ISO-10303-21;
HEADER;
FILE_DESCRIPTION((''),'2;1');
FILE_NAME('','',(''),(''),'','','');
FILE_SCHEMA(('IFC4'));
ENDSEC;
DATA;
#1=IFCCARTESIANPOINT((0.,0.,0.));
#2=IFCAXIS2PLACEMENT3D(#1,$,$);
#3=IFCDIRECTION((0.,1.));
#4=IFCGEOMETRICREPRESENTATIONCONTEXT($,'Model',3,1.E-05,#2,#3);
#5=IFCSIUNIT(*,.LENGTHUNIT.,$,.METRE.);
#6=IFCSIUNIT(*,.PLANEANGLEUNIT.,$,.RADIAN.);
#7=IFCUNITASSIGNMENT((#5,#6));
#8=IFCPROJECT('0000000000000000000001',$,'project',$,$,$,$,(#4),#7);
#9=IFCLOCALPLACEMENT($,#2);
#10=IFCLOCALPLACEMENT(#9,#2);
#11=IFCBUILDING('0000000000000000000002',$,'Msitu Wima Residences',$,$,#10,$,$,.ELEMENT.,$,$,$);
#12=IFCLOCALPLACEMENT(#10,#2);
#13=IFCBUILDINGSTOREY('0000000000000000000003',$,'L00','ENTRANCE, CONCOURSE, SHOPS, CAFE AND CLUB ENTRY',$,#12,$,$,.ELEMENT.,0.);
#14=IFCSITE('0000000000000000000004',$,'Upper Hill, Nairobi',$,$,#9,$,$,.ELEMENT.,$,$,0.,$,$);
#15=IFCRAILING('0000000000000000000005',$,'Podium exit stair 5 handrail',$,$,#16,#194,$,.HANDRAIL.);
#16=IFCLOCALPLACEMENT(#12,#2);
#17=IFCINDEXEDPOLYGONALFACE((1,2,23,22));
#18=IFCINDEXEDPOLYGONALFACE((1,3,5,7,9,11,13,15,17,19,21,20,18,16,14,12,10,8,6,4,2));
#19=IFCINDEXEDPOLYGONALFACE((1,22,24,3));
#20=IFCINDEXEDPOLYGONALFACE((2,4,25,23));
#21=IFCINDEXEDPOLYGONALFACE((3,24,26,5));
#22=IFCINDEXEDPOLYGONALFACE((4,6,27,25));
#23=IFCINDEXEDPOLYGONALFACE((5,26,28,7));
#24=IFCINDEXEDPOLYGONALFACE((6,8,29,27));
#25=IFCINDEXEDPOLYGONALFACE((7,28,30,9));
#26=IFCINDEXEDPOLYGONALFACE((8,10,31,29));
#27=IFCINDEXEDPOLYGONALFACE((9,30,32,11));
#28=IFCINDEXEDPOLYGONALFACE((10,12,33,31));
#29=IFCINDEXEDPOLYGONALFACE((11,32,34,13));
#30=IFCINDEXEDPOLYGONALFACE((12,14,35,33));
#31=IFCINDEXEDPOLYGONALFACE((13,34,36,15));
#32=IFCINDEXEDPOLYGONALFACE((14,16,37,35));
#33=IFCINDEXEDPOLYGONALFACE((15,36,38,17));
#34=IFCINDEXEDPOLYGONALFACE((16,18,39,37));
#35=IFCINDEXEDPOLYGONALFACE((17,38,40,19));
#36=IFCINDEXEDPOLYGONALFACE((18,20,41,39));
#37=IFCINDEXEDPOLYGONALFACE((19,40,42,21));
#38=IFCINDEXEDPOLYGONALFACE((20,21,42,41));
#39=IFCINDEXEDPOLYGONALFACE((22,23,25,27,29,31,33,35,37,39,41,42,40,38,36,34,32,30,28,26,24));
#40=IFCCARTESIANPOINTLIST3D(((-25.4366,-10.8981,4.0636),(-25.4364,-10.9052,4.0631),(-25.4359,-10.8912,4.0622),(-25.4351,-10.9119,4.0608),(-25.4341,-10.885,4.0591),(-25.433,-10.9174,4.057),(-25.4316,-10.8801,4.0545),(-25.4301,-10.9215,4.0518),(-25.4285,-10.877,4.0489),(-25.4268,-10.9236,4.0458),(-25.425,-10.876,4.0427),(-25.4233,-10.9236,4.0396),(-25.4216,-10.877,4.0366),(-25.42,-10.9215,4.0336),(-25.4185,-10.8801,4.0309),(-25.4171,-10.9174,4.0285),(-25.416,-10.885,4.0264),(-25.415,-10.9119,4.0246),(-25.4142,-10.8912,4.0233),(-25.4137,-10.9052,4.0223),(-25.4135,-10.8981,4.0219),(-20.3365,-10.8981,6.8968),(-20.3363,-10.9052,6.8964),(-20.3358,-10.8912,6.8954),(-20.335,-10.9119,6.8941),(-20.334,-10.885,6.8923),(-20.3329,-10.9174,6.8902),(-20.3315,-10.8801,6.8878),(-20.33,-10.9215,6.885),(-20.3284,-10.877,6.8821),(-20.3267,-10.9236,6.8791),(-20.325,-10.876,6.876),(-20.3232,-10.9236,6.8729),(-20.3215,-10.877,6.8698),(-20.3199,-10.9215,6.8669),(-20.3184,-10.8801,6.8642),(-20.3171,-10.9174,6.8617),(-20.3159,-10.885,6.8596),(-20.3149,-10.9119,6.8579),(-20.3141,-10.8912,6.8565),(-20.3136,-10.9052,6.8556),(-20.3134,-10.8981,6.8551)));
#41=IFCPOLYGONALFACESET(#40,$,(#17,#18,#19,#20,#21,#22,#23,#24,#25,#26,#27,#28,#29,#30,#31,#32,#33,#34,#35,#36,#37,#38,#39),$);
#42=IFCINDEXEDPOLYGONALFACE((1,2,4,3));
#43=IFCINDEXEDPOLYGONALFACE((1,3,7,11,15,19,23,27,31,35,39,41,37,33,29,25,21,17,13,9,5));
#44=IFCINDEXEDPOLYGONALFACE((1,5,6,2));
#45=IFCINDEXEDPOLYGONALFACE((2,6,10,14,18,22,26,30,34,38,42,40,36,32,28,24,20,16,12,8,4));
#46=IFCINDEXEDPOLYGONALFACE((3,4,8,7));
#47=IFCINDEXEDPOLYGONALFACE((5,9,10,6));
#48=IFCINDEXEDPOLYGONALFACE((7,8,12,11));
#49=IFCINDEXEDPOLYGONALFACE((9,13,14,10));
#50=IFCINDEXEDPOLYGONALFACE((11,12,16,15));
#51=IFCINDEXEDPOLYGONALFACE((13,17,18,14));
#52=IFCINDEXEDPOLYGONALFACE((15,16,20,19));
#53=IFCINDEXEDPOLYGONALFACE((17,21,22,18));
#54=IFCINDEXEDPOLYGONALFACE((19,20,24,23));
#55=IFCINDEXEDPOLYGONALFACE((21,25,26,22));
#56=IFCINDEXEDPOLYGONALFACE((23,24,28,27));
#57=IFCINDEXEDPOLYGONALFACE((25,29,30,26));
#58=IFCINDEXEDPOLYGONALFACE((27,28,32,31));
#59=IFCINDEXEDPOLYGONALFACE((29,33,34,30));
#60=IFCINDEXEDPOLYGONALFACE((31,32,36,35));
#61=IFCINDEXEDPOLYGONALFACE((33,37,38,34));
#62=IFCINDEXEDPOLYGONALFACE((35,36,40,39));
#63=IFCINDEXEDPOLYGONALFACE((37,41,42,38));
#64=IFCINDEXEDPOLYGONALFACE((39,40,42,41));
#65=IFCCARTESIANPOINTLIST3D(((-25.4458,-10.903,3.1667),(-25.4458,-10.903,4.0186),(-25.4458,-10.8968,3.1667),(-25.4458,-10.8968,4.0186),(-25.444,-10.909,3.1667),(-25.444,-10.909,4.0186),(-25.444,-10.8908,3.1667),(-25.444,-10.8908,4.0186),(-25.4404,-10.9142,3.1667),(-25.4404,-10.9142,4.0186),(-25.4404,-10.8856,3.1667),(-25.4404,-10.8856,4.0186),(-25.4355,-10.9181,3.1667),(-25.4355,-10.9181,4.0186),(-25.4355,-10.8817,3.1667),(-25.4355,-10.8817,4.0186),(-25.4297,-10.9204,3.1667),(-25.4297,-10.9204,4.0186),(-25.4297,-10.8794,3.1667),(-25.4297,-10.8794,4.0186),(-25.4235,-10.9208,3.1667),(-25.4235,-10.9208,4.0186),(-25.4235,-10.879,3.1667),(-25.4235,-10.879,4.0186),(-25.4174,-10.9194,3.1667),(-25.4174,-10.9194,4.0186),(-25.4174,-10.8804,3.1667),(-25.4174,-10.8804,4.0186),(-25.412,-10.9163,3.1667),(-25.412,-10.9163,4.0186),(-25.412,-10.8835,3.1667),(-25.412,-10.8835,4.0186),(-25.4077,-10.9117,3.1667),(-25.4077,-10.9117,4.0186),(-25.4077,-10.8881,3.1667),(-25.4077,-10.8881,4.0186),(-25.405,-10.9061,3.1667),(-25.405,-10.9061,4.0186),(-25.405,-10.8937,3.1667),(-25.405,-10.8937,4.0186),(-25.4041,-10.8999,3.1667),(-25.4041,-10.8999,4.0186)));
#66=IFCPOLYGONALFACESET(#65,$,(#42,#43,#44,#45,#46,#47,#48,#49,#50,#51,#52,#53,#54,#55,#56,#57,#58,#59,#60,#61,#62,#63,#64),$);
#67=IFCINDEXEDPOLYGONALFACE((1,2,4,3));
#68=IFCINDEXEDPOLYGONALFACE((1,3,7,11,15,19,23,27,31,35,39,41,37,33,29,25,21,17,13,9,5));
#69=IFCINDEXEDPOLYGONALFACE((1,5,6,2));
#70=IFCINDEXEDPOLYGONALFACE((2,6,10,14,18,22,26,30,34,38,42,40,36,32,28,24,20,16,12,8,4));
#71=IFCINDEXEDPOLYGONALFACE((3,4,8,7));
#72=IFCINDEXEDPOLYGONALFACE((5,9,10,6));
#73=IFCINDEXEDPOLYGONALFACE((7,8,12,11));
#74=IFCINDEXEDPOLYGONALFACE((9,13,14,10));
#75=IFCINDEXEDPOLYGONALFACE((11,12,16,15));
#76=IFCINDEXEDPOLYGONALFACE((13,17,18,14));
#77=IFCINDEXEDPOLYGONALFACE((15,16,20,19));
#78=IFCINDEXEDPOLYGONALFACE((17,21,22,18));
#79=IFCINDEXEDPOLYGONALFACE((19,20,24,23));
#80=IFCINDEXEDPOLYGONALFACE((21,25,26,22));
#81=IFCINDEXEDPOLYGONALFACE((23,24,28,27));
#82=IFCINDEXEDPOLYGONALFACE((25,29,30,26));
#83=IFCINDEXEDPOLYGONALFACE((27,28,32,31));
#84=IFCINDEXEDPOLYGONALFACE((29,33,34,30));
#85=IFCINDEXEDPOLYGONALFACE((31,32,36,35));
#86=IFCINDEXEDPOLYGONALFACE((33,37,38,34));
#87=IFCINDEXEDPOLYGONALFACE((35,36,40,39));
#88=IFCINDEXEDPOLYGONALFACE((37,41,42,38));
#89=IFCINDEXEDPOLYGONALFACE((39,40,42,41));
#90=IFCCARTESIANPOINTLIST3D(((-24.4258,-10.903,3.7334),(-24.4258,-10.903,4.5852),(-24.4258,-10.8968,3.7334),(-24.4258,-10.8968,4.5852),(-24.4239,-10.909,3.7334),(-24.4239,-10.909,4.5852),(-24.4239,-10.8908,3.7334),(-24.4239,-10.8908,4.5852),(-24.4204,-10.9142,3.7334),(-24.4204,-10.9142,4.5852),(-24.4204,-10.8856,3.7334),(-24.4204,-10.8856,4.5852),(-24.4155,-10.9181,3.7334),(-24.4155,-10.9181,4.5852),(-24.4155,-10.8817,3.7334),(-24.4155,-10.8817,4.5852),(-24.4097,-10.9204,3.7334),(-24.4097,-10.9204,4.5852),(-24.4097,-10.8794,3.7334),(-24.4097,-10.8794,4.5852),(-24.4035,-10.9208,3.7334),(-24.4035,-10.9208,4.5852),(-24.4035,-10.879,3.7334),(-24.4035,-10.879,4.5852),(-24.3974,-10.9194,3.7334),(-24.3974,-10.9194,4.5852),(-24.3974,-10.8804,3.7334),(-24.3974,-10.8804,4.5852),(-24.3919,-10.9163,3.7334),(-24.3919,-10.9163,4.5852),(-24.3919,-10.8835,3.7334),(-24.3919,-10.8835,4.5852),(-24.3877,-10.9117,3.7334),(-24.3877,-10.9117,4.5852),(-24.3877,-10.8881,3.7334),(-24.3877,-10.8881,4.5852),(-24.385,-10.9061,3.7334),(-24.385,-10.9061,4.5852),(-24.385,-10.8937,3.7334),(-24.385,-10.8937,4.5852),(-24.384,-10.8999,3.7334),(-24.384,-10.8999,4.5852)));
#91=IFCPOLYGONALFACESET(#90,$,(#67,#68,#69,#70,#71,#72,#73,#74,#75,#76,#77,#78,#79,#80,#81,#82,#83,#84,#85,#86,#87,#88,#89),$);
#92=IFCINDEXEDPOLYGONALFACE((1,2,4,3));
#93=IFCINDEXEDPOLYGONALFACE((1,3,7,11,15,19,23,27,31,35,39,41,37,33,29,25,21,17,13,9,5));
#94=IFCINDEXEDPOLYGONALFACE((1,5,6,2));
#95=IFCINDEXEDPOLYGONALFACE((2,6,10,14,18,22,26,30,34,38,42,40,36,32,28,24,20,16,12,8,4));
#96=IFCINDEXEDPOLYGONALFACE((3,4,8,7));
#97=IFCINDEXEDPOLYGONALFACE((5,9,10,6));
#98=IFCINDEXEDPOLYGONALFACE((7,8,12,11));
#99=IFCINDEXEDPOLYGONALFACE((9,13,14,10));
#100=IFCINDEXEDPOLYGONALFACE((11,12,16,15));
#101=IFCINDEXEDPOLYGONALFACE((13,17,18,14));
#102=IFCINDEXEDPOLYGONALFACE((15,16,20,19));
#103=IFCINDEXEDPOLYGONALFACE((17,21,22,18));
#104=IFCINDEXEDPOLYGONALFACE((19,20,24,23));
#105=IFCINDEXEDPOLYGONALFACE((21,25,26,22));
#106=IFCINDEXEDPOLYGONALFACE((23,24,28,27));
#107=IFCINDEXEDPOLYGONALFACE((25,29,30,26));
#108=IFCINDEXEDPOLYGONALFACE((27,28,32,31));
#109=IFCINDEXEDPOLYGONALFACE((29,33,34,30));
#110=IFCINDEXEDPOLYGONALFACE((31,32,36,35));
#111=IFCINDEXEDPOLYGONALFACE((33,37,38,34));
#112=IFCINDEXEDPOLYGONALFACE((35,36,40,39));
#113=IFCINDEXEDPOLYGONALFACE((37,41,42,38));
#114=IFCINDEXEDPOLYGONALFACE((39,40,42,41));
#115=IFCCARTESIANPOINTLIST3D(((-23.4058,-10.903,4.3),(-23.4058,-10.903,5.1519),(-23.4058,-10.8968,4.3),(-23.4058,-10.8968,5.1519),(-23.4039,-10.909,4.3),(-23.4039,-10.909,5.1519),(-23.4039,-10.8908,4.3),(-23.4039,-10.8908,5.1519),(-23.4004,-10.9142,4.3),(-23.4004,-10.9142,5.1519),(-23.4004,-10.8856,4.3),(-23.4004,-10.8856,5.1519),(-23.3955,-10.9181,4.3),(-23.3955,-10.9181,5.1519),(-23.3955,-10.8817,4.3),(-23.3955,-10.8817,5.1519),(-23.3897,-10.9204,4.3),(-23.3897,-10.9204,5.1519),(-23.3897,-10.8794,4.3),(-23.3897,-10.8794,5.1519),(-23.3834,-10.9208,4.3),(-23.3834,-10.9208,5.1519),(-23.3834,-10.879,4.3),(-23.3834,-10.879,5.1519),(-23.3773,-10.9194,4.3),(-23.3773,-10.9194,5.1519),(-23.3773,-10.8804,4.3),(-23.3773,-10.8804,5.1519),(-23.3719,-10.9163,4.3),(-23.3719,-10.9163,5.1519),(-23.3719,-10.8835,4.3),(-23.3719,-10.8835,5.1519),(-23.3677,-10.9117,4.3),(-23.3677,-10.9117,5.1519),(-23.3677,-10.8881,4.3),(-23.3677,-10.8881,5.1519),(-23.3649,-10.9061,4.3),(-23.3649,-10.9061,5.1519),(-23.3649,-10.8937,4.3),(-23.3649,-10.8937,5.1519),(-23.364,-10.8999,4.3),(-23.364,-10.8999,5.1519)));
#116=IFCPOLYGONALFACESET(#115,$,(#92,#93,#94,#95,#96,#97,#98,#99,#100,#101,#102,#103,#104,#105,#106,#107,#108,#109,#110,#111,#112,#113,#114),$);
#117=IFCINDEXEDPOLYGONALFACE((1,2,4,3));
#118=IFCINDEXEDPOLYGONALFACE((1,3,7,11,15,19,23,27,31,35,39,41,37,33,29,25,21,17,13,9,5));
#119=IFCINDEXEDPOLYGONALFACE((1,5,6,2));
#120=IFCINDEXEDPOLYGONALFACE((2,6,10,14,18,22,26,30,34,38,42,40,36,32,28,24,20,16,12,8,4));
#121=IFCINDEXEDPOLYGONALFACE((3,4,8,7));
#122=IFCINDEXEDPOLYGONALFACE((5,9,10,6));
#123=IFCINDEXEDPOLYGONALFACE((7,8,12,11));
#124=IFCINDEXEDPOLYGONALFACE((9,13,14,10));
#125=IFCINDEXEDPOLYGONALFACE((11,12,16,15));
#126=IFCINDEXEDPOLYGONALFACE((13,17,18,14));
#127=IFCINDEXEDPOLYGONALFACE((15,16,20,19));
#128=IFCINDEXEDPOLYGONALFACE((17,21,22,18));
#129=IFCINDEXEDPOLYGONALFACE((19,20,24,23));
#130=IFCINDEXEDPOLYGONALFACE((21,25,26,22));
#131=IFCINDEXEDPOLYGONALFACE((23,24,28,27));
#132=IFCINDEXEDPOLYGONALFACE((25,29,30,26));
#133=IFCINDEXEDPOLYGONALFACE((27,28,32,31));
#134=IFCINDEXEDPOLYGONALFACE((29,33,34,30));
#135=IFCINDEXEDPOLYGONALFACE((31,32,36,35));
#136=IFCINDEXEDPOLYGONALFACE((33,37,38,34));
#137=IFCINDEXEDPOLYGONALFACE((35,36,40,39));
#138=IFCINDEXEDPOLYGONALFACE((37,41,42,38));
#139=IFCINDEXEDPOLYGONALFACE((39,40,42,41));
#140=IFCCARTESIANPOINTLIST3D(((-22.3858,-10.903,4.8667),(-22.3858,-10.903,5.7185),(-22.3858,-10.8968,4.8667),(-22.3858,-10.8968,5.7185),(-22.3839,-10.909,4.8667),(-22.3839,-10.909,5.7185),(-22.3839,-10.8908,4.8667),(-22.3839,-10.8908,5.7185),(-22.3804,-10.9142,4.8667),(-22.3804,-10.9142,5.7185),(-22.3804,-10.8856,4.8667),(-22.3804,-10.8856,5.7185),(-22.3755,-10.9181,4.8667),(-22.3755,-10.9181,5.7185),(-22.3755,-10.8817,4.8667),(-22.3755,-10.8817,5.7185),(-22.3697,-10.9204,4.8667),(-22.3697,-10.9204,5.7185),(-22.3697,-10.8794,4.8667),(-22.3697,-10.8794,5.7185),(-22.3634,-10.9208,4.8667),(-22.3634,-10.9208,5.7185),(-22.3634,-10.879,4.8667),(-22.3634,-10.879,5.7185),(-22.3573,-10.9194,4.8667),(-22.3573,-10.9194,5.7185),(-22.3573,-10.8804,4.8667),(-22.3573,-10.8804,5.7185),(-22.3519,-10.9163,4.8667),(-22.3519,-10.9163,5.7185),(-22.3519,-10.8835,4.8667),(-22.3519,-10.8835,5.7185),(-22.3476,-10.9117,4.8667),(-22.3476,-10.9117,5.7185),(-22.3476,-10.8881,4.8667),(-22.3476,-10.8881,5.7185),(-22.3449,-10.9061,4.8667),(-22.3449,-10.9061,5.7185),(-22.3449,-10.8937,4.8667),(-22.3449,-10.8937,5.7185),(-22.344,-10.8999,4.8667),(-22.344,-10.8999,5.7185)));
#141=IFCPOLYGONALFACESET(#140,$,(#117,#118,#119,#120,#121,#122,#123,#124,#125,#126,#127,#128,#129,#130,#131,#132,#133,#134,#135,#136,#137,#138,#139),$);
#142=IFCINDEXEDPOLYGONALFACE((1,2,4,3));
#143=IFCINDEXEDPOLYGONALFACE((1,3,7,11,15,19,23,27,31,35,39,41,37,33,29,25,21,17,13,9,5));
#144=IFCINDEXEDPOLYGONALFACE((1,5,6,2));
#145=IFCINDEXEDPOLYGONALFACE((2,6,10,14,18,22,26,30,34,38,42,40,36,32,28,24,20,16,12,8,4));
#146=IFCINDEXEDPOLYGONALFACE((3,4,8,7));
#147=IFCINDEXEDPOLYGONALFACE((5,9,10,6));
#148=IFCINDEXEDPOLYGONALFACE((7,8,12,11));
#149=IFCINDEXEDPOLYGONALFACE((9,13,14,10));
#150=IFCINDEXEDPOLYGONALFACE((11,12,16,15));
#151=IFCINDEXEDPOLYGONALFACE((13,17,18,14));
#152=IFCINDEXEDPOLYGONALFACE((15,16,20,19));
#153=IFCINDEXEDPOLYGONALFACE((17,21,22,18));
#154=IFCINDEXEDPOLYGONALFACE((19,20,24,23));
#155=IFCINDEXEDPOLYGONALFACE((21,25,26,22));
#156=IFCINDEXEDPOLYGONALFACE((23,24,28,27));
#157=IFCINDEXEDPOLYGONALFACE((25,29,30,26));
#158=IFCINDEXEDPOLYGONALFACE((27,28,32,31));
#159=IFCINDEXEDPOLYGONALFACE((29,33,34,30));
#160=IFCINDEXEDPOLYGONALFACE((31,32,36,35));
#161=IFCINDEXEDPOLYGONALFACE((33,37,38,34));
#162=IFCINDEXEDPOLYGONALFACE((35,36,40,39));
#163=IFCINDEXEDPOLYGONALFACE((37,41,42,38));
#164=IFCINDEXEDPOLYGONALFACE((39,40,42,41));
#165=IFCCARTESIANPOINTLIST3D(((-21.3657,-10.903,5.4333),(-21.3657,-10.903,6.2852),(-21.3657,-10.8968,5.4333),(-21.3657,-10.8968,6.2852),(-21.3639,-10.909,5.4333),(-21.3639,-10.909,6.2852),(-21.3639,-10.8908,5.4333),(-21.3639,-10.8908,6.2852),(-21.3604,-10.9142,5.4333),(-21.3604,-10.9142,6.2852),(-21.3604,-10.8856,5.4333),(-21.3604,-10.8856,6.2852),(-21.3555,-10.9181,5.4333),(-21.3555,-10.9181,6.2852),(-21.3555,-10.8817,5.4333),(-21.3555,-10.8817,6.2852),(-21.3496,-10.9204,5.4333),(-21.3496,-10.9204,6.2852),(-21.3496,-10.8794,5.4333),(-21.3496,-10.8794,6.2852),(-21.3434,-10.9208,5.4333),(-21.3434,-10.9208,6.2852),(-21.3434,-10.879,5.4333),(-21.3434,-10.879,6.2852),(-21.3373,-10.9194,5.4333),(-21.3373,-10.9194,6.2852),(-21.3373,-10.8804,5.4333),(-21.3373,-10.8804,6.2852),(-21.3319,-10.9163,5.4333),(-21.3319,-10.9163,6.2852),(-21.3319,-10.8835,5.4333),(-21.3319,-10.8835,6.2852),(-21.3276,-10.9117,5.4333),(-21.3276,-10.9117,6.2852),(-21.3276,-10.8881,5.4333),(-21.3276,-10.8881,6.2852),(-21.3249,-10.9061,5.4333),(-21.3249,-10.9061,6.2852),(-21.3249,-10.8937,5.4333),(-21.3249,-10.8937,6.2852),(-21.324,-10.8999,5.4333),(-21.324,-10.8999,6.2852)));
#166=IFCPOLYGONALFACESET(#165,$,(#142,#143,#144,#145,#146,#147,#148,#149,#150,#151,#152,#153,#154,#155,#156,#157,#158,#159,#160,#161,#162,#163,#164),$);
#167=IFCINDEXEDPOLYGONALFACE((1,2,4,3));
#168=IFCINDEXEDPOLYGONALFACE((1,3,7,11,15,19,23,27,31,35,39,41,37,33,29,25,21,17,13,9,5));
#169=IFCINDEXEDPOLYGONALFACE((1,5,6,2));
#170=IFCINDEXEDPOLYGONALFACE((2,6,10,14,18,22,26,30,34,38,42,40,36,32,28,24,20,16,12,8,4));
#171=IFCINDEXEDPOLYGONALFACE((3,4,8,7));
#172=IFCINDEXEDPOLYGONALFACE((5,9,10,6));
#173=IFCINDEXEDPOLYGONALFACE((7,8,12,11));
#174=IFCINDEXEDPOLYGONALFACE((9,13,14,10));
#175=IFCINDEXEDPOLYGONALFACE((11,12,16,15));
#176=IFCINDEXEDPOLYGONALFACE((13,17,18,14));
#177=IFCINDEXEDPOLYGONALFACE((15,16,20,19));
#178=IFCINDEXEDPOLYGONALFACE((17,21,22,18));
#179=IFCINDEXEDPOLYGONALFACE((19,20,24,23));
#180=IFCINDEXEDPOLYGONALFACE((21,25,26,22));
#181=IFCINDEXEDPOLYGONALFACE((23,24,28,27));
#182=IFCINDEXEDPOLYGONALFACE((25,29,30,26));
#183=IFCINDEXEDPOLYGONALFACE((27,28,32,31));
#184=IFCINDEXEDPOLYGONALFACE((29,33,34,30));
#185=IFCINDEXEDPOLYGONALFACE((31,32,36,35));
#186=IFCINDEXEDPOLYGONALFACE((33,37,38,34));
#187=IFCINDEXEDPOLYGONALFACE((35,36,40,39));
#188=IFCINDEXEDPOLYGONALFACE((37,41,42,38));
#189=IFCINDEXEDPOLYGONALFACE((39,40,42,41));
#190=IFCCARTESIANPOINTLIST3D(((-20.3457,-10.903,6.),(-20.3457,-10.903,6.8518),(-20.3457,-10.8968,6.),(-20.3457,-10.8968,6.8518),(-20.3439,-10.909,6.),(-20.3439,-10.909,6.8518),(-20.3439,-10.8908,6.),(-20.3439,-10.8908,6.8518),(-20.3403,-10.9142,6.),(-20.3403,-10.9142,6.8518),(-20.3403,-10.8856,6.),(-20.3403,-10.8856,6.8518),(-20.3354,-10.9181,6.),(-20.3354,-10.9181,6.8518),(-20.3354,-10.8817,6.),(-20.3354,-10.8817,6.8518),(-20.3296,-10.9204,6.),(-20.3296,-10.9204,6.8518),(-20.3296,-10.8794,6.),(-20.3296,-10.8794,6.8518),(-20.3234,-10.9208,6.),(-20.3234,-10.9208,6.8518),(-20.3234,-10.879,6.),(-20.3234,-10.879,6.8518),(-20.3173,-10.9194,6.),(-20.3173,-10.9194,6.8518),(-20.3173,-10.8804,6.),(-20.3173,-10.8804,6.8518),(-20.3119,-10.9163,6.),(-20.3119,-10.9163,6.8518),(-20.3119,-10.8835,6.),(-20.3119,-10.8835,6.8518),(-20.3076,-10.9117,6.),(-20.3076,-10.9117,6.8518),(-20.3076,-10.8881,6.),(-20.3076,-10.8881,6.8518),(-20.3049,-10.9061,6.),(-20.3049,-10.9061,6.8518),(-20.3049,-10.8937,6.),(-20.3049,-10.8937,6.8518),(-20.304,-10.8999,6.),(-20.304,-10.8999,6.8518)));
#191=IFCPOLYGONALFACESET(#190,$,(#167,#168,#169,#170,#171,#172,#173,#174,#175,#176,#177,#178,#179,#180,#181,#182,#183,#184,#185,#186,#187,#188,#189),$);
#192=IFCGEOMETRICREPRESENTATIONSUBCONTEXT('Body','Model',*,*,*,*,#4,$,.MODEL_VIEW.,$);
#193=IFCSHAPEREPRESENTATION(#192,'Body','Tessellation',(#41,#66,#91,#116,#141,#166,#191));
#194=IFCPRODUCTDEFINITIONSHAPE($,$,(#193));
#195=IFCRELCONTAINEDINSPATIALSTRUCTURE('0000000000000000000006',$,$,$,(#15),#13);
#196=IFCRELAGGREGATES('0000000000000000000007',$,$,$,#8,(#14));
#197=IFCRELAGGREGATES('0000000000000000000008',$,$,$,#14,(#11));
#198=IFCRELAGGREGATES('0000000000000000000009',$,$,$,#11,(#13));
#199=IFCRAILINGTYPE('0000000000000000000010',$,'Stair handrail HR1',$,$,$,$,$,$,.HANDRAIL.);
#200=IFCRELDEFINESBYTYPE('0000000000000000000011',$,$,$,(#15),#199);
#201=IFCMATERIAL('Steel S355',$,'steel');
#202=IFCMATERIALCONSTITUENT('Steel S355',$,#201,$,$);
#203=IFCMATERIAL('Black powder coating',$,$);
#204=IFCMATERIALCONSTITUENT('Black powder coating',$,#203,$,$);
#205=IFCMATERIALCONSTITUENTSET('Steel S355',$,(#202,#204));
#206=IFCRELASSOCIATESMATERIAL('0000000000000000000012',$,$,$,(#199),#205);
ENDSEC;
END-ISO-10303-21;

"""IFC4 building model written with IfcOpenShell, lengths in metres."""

from ifc_helpers import new_model, si_unit, direction, frame, origin, origin_2d, place, context, subcontext, project, spatial, circle, extrude, material, constituent, constituent_set, type_object, element, save


model = new_model("IFC4")

# Units and contexts
model_context = context("Model", 3, precision=1e-05, world=origin(), true_north=direction((0.0, 1.0)))
body_context = subcontext(model_context, "Body", "Model", "MODEL_VIEW")
ifc_project = project(units=[si_unit("LENGTHUNIT", "METRE"), si_unit("PLANEANGLEUNIT", "RADIAN")], contexts=[model_context])

# Site, building, storey
site_placement = place(None, origin())
site = spatial("IfcSite", under=ifc_project, at=site_placement, Name="Upper Hill, Nairobi", CompositionType="ELEMENT", RefElevation=0.0)
building_placement = place(site_placement, origin())
building = spatial("IfcBuilding", under=site, at=building_placement, Name="Msitu Wima Residences", CompositionType="ELEMENT")
storey_placement = place(building_placement, origin())
storey = spatial("IfcBuildingStorey", under=building, at=storey_placement, Name="L00", Description="ENTRANCE, CONCOURSE, SHOPS, CAFE AND CLUB ENTRY", CompositionType="ELEMENT", Elevation=0.0)

# Railing
ifc_material_1 = material(Name="Steel S355", Category="steel")
ifc_constituent_1 = constituent(ifc_material_1, Name="Steel S355")
ifc_material_2 = material(Name="Black powder coating")
ifc_constituent_2 = constituent(ifc_material_2, Name="Black powder coating")
ifc_constituent_set = constituent_set(constituents=[ifc_constituent_1, ifc_constituent_2], Name="Steel S355")
railing_type = type_object("IfcRailingType", Name="Stair handrail HR1", PredefinedType="HANDRAIL", material=ifc_constituent_set)
for number, where, name in (
    (1, (-25.425, -10.8999, 3.1667), "Podium exit stair 5 handrail"),
):
    element("IfcRailing", number, at=place(storey_placement, frame(where)), inside=storey, type_object=railing_type, Name=name, PredefinedType="HANDRAIL", context=body_context, shape_type="SweptSolid", body=[
        extrude(circle(Radius=0.0239, at=origin_2d()), frame((0.0, 0.0, 0.876), z_axis=(0.874167, 0.0, 0.485625), x_axis=(0.0, 1.0, 0.0)), (0.0, 0.0, 1.0), 5.8342),
        extrude(circle(Radius=0.021, at=origin_2d()), origin(), (0.0, 0.0, 1.0), 0.8518),
        extrude(circle(Radius=0.021, at=origin_2d()), frame((1.02, 0.0, 0.5667)), (0.0, 0.0, 1.0), 0.8518),
        extrude(circle(Radius=0.021, at=origin_2d()), frame((2.04, 0.0, 1.1333)), (0.0, 0.0, 1.0), 0.8518),
        extrude(circle(Radius=0.021, at=origin_2d()), frame((3.0601, 0.0, 1.7)), (0.0, 0.0, 1.0), 0.8518),
        extrude(circle(Radius=0.021, at=origin_2d()), frame((4.0801, 0.0, 2.2666)), (0.0, 0.0, 1.0), 0.8518),
        extrude(circle(Radius=0.021, at=origin_2d()), frame((5.1001, 0.0, 2.8333)), (0.0, 0.0, 1.0), 0.8518),
    ])

save(model, "model.ifc")
